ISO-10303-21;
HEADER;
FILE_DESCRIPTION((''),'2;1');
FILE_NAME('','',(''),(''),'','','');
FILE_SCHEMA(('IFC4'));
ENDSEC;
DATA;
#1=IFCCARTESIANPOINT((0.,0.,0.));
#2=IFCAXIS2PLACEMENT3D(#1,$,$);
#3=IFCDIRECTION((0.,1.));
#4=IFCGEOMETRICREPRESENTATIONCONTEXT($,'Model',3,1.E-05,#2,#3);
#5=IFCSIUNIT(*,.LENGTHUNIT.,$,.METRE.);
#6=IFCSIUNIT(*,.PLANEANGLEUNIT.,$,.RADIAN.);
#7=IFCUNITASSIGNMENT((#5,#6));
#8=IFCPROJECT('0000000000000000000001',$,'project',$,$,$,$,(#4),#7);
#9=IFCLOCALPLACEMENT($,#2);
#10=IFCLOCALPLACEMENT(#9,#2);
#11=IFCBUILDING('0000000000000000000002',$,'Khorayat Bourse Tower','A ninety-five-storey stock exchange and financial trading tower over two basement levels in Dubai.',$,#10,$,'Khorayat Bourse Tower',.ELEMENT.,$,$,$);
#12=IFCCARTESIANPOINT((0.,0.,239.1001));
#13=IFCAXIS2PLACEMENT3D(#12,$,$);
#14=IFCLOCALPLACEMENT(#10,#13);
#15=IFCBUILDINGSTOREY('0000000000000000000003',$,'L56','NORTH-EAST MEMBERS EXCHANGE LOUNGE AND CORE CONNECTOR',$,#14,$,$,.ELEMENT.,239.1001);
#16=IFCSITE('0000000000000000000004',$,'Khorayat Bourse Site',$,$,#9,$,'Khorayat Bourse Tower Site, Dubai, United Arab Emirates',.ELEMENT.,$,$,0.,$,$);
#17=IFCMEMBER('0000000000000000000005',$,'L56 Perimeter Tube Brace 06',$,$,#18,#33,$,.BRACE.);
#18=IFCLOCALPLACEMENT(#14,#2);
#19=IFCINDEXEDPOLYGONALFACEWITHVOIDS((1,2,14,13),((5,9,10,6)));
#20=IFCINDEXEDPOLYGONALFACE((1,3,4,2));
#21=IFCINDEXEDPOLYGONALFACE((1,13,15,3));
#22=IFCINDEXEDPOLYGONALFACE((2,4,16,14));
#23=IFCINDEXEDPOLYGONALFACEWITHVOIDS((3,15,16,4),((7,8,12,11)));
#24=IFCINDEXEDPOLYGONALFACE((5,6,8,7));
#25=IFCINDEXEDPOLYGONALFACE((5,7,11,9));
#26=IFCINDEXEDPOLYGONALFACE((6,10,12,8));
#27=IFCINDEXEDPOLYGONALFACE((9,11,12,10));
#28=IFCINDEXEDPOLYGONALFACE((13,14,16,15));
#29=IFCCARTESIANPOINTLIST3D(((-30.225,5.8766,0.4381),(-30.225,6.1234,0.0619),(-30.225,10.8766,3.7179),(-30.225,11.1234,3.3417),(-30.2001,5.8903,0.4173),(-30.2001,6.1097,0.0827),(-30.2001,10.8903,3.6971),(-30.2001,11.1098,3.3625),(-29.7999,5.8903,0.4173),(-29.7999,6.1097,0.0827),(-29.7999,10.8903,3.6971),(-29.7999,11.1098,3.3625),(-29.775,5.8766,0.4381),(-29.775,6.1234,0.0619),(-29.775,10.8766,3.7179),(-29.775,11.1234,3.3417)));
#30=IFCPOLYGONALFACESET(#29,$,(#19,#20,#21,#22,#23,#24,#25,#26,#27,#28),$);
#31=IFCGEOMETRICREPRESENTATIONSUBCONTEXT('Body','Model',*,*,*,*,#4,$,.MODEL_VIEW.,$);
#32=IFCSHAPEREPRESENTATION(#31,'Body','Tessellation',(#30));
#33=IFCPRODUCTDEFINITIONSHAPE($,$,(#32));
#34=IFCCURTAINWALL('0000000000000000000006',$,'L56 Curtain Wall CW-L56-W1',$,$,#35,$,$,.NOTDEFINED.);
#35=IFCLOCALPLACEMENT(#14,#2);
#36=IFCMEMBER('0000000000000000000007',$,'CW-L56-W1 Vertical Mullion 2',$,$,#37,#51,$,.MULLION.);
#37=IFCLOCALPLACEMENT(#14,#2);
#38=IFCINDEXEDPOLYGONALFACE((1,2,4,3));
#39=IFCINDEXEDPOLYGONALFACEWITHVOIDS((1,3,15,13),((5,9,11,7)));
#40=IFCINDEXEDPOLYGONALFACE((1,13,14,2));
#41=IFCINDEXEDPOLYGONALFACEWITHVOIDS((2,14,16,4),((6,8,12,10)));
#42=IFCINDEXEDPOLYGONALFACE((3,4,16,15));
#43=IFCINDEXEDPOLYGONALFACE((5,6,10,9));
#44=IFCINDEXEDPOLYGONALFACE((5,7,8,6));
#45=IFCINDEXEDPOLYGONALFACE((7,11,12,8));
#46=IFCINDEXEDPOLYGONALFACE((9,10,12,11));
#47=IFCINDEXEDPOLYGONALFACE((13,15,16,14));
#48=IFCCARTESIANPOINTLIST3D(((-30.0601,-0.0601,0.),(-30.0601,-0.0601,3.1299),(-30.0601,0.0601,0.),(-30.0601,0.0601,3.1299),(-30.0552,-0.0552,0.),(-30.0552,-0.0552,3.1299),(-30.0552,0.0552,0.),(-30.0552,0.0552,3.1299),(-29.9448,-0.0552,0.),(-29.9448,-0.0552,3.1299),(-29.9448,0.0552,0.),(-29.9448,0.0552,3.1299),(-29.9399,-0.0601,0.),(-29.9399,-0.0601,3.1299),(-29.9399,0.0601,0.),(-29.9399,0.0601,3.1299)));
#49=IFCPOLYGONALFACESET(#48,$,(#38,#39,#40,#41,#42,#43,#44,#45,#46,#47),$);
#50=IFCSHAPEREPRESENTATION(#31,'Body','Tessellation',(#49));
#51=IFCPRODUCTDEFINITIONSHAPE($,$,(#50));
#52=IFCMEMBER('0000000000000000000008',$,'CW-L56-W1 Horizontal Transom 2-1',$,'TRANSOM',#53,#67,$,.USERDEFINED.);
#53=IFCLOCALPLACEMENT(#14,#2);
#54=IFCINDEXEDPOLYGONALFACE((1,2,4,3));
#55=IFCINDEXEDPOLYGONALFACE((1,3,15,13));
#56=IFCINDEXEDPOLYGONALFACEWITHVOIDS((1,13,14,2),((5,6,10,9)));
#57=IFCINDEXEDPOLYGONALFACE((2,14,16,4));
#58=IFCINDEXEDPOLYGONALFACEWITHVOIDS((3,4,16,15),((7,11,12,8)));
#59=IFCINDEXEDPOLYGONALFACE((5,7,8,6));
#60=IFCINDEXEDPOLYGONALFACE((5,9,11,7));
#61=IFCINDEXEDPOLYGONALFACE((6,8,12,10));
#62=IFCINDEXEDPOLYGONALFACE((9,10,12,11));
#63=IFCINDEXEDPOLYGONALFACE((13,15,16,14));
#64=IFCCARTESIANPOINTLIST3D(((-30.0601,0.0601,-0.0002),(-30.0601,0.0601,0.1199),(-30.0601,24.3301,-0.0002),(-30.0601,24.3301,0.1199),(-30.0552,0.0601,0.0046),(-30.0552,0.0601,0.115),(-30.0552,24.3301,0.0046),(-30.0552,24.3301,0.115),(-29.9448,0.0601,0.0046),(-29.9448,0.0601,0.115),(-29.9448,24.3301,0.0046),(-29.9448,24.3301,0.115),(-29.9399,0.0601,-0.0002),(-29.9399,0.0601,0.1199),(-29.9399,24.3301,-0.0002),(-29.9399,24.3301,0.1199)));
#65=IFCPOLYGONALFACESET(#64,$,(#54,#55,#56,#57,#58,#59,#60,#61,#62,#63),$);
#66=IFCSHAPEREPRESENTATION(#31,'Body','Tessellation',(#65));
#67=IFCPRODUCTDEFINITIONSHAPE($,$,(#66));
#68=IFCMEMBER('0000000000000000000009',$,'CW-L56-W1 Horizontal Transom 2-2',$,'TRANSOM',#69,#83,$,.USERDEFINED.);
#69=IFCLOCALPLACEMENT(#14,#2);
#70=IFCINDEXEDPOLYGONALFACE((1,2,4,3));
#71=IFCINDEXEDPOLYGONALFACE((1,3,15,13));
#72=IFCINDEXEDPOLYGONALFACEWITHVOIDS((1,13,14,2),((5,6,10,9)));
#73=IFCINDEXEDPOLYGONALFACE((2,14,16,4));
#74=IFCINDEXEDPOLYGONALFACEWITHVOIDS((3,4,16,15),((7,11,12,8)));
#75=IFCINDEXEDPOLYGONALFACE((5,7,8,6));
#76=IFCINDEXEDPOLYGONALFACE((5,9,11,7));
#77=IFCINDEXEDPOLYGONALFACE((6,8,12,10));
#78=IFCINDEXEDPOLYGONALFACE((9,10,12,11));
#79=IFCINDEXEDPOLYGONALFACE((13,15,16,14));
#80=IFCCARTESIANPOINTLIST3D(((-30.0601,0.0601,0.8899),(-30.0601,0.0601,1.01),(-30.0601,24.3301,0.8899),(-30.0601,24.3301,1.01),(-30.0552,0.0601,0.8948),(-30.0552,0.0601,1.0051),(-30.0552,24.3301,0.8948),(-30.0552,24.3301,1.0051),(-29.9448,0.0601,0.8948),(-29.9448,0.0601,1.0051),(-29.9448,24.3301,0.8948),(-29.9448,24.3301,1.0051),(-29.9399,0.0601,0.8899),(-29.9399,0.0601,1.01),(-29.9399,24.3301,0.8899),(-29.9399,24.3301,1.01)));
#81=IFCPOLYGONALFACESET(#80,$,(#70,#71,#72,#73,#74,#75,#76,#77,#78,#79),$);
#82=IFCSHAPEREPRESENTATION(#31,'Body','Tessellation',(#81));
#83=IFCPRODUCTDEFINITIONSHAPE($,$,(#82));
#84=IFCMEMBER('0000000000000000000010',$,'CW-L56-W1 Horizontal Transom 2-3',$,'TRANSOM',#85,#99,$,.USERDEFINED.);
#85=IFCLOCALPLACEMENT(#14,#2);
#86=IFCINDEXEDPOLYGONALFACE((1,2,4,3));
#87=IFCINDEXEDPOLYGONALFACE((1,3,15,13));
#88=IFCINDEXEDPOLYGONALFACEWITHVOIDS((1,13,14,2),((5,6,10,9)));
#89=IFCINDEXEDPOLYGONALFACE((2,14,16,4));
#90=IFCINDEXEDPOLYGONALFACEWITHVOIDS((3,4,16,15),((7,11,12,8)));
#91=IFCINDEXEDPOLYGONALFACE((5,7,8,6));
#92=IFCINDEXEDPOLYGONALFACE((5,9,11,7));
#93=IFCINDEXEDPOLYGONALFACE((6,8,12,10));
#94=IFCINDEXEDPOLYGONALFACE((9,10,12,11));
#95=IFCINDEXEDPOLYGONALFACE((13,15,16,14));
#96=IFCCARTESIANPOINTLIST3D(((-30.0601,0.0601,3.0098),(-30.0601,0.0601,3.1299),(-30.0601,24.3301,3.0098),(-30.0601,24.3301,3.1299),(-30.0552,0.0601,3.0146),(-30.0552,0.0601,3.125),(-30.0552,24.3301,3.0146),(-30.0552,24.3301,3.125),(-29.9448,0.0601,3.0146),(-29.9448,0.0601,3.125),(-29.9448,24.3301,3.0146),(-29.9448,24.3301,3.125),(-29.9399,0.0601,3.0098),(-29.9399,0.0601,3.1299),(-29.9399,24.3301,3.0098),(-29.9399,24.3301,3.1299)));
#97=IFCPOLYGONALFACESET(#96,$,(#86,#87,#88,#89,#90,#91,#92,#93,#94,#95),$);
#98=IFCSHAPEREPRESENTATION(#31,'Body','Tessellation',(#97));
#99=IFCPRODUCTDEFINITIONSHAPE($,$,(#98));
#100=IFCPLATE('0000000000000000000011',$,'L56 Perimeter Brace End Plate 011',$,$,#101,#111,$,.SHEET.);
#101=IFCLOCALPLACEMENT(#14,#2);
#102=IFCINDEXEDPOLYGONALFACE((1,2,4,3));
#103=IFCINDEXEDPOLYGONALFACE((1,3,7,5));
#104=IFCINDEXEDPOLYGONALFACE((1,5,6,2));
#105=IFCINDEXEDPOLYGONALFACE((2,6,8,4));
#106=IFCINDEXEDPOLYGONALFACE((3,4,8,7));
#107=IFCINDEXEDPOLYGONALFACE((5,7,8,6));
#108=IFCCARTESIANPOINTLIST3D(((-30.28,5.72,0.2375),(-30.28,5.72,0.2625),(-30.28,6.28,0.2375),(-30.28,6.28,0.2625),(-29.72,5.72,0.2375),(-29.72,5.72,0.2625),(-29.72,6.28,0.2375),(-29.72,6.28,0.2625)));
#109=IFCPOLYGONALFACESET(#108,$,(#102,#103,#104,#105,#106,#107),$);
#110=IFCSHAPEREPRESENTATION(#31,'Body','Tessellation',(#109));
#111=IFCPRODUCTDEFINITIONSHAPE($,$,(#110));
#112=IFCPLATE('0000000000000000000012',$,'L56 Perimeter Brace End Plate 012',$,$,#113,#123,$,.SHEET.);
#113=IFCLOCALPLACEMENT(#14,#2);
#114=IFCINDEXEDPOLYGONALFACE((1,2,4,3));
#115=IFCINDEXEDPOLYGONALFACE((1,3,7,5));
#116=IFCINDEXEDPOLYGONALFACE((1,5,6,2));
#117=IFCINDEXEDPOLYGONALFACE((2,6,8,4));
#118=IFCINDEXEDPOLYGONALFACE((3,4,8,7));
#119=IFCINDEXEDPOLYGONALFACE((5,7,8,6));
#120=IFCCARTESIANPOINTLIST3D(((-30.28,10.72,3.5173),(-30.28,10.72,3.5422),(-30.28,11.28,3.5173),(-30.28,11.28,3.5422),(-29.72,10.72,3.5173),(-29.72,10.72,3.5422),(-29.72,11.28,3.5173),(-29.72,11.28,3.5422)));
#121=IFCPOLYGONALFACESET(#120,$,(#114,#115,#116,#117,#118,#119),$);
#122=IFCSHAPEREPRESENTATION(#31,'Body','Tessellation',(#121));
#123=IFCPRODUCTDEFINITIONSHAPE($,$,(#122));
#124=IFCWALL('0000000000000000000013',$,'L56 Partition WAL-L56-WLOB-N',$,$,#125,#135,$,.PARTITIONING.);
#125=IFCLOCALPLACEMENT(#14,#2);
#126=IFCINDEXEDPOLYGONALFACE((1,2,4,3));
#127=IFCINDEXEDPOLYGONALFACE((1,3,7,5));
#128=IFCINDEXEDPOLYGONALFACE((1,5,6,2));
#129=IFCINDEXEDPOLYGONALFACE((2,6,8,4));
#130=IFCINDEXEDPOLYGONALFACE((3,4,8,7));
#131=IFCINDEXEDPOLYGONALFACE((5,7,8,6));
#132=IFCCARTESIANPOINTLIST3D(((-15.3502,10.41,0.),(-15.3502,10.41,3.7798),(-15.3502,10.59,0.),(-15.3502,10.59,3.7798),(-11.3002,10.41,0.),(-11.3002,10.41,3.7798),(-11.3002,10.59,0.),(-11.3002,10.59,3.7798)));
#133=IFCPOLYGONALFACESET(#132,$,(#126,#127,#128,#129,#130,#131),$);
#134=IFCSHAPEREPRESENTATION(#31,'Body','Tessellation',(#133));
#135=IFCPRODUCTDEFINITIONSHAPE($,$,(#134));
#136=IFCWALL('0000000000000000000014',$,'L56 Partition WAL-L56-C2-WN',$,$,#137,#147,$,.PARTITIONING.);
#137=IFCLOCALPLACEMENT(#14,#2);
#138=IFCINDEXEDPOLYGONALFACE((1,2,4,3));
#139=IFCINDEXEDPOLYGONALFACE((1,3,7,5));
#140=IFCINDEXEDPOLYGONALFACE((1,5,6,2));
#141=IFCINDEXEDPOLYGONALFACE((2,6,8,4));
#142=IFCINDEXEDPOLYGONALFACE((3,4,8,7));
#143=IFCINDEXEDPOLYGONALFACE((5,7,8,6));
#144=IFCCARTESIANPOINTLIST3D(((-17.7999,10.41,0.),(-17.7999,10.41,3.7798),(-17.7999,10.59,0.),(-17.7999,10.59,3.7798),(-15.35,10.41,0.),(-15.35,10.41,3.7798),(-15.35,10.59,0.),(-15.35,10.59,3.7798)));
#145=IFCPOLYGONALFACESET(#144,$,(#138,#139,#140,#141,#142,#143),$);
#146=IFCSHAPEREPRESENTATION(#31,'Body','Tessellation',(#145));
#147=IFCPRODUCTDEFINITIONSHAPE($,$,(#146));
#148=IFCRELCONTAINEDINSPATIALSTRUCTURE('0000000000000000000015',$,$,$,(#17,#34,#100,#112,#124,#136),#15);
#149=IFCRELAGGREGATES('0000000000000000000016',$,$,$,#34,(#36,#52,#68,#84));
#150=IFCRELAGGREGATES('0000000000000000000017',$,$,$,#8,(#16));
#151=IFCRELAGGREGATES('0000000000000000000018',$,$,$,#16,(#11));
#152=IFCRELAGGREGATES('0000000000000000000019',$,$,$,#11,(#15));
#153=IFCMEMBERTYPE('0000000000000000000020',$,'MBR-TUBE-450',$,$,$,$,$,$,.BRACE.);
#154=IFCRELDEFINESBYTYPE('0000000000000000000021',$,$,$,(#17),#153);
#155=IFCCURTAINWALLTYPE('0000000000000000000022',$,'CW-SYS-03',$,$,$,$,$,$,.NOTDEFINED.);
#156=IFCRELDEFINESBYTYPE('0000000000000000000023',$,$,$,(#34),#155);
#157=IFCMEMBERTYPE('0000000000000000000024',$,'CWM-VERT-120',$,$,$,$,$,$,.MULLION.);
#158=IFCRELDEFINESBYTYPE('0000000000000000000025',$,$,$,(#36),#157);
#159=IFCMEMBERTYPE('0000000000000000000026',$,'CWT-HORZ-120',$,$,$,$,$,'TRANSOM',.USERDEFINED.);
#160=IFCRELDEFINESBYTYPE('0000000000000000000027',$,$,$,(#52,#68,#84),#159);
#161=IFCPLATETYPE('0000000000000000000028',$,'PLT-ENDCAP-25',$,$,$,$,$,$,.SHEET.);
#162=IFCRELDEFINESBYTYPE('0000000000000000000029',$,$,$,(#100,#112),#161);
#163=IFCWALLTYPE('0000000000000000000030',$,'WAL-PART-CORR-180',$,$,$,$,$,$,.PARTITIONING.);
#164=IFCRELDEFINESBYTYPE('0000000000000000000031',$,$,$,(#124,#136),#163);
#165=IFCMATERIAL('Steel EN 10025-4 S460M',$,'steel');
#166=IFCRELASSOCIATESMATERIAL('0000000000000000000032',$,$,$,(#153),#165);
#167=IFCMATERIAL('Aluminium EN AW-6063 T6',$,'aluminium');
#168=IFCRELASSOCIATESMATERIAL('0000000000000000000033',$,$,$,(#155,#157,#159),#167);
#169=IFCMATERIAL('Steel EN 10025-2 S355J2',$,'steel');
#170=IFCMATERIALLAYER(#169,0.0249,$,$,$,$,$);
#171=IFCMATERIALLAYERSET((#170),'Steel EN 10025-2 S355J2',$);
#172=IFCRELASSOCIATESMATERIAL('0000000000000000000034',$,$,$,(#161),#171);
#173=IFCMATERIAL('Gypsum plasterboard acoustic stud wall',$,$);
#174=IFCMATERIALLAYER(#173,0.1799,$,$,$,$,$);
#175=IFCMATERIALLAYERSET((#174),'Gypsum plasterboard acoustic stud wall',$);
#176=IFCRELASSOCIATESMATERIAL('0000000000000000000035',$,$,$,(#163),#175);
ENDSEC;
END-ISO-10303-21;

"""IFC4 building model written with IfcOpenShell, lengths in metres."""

from ifc_helpers import new_model, si_unit, direction, frame, frame_2d, origin, origin_2d, place, context, subcontext, project, spatial, rectangle, hollow_rectangle, extrude, source, transform, mapped, material, layer, layer_set, material_profile, profile_set, type_object, element, aggregate, save


model = new_model("IFC4")

# Units and contexts
model_context = context("Model", 3, precision=1e-05, world=origin(), true_north=direction((0.0, 1.0)))
body_context = subcontext(model_context, "Body", "Model", "MODEL_VIEW")
ifc_project = project(units=[si_unit("LENGTHUNIT", "METRE"), si_unit("PLANEANGLEUNIT", "RADIAN")], contexts=[model_context])

# Site, building, storey
site_placement = place(None, origin())
site = spatial("IfcSite", under=ifc_project, at=site_placement, Name="Khorayat Bourse Site", LongName="Khorayat Bourse Tower Site, Dubai, United Arab Emirates", CompositionType="ELEMENT", RefElevation=0.0)
building_placement = place(site_placement, origin())
building = spatial("IfcBuilding", under=site, at=building_placement, Name="Khorayat Bourse Tower", Description="A ninety-five-storey stock exchange and financial trading tower over two basement levels in Dubai.", LongName="Khorayat Bourse Tower", CompositionType="ELEMENT")
storey_placement = place(building_placement, frame((0.0, 0.0, 239.1001)))
storey = spatial("IfcBuildingStorey", under=building, at=storey_placement, Name="L56", Description="NORTH-EAST MEMBERS EXCHANGE LOUNGE AND CORE CONNECTOR", CompositionType="ELEMENT", Elevation=239.1001)

# Shared definitions
ifc_material_1 = material(Name="Steel EN 10025-4 S460M", Category="steel")

# Member
ifc_material_profile_1 = material_profile(ifc_material_1, hollow_rectangle(XDim=0.45, YDim=0.45, WallThickness=0.0249, at=origin_2d()), Name="HSS 450x450x25")
ifc_profile_set_1 = profile_set([ifc_material_profile_1], Name="Steel EN 10025-4 S460M")
member_type_1 = type_object("IfcMemberType", Name="MBR-TUBE-450", PredefinedType="BRACE", material=ifc_profile_set_1)
shared_shape_1 = source(origin(), body_context, "Body", "SweptSolid", [
    extrude(hollow_rectangle(XDim=0.45, YDim=0.45, WallThickness=0.0249, at=origin_2d()), origin(), (0.0, 0.0, 1.0), 5.9797),
])
member_1_placement = place(storey_placement, frame((-30.0, 6.0, 0.25), z_axis=(0.0, 0.83616, 0.548485), x_axis=(-1.0, 0.0, 0.0)))
element("IfcMember", 1, at=member_1_placement, inside=storey, type_object=member_type_1, Name="L56 Perimeter Tube Brace 06", PredefinedType="BRACE", context=body_context, shape_type="MappedRepresentation", body=[
    mapped(shared_shape_1, transform((0.0, 0.0, 0.0), scale=1.0)),
])

# Curtain wall, members
ifc_material_2 = material(Name="Aluminium EN AW-6063 T6", Category="aluminium")
curtain_wall_type = type_object("IfcCurtainWallType", Name="CW-SYS-03", PredefinedType="NOTDEFINED", material=ifc_material_2)
curtain_wall_placement = place(storey_placement, origin())
curtain_wall = element("IfcCurtainWall", 2, at=curtain_wall_placement, inside=storey, type_object=curtain_wall_type, Name="L56 Curtain Wall CW-L56-W1", PredefinedType="NOTDEFINED")
ifc_material_profile_2 = material_profile(ifc_material_2, hollow_rectangle(XDim=0.1201, YDim=0.1201, WallThickness=0.0049, at=origin_2d()), Name="ALU 120x120x5")
ifc_profile_set_2 = profile_set([ifc_material_profile_2], Name="Aluminium EN AW-6063 T6")
member_type_2 = type_object("IfcMemberType", Name="CWM-VERT-120", PredefinedType="MULLION", material=ifc_profile_set_2)
shared_shape_2 = source(origin(), body_context, "Body", "SweptSolid", [
    extrude(hollow_rectangle(XDim=0.1201, YDim=0.1201, WallThickness=0.0049, at=origin_2d()), origin(), (0.0, 0.0, 1.0), 3.1299),
])
member_2_placement = place(storey_placement, frame((-30.0, 0.0, 0.0), z_axis=(0.0, 0.0, 1.0), x_axis=(-1.0, 0.0, 0.0)))
member_2 = element("IfcMember", 3, at=member_2_placement, type_object=member_type_2, Name="CW-L56-W1 Vertical Mullion 2", PredefinedType="MULLION", context=body_context, shape_type="MappedRepresentation", body=[
    mapped(shared_shape_2, transform((0.0, 0.0, 0.0), scale=1.0)),
])
ifc_material_profile_3 = material_profile(ifc_material_2, hollow_rectangle(XDim=0.1201, YDim=0.1201, WallThickness=0.0049, at=origin_2d()), Name="ALU 120x120x5")
ifc_profile_set_3 = profile_set([ifc_material_profile_3], Name="Aluminium EN AW-6063 T6")
member_type_3 = type_object("IfcMemberType", Name="CWT-HORZ-120", ElementType="TRANSOM", PredefinedType="USERDEFINED", material=ifc_profile_set_3)
shared_shape_3 = source(origin(), body_context, "Body", "SweptSolid", [
    extrude(hollow_rectangle(XDim=0.1201, YDim=0.1201, WallThickness=0.0049, at=origin_2d()), origin(), (0.0, 0.0, 1.0), 24.27),
])
member_3_placement = place(storey_placement, frame((-30.0, 0.0601, 0.0598), z_axis=(0.0, 1.0, 0.0), x_axis=(-1.0, 0.0, 0.0)))
member_3 = element("IfcMember", 4, at=member_3_placement, type_object=member_type_3, Name="CW-L56-W1 Horizontal Transom 2-1", ObjectType="TRANSOM", PredefinedType="USERDEFINED", context=body_context, shape_type="MappedRepresentation", body=[
    mapped(shared_shape_3, transform((0.0, 0.0, 0.0), scale=1.0)),
])
member_4_placement = place(storey_placement, frame((-30.0, 0.0601, 0.95), z_axis=(0.0, 1.0, 0.0), x_axis=(-1.0, 0.0, 0.0)))
member_4 = element("IfcMember", 5, at=member_4_placement, type_object=member_type_3, Name="CW-L56-W1 Horizontal Transom 2-2", ObjectType="TRANSOM", PredefinedType="USERDEFINED", context=body_context, shape_type="MappedRepresentation", body=[
    mapped(shared_shape_3, transform((0.0, 0.0, 0.0), scale=1.0)),
])
member_5_placement = place(storey_placement, frame((-30.0, 0.0601, 3.0698), z_axis=(0.0, 1.0, 0.0), x_axis=(-1.0, 0.0, 0.0)))
member_5 = element("IfcMember", 6, at=member_5_placement, type_object=member_type_3, Name="CW-L56-W1 Horizontal Transom 2-3", ObjectType="TRANSOM", PredefinedType="USERDEFINED", context=body_context, shape_type="MappedRepresentation", body=[
    mapped(shared_shape_3, transform((0.0, 0.0, 0.0), scale=1.0)),
])
aggregate(curtain_wall, [member_2, member_3, member_4, member_5])

# Plates
ifc_material_3 = material(Name="Steel EN 10025-2 S355J2", Category="steel")
ifc_layer_1 = layer(ifc_material_3, 0.0249)
ifc_layer_set_1 = layer_set([ifc_layer_1], Name="Steel EN 10025-2 S355J2")
plate_type = type_object("IfcPlateType", Name="PLT-ENDCAP-25", PredefinedType="SHEET", material=ifc_layer_set_1)
shared_shape_4 = source(origin(), body_context, "Body", "SweptSolid", [
    extrude(rectangle(XDim=0.5601, YDim=0.5601, at=origin_2d()), origin(), (0.0, 0.0, 1.0), 0.0249),
])
for number, where, z_axis, x_axis, name in (
    (7, (-30.0, 6.0, 0.2375), (0.0, 0.0, 1.0), (1.0, 0.0, 0.0), "L56 Perimeter Brace End Plate 011"),
    (8, (-30.0, 11.0, 3.5173), (0.0, 0.0, 1.0), (1.0, 0.0, 0.0), "L56 Perimeter Brace End Plate 012"),
):
    element("IfcPlate", number, at=place(storey_placement, frame(where, z_axis=z_axis, x_axis=x_axis)), inside=storey, type_object=plate_type, Name=name, PredefinedType="SHEET", context=body_context, shape_type="MappedRepresentation", body=[
        mapped(shared_shape_4, transform((0.0, 0.0, 0.0), scale=1.0)),
    ])

# Walls
ifc_material_4 = material(Name="Gypsum plasterboard acoustic stud wall")
ifc_layer_2 = layer(ifc_material_4, 0.1799)
ifc_layer_set_2 = layer_set([ifc_layer_2], Name="Gypsum plasterboard acoustic stud wall")
wall_type = type_object("IfcWallType", Name="WAL-PART-CORR-180", PredefinedType="PARTITIONING", material=ifc_layer_set_2)
shared_shape_5 = source(origin(), body_context, "Body", "SweptSolid", [
    extrude(rectangle(XDim=4.05, YDim=0.1799, at=frame_2d((2.0249, 0.0))), origin(), (0.0, 0.0, 1.0), 3.7798),
])
wall_1_placement = place(storey_placement, frame((-15.3501, 10.5, 0.0), z_axis=(0.0, 0.0, 1.0), x_axis=(1.0, 0.0, 0.0)))
element("IfcWall", 9, at=wall_1_placement, inside=storey, type_object=wall_type, Name="L56 Partition WAL-L56-WLOB-N", PredefinedType="PARTITIONING", context=body_context, shape_type="MappedRepresentation", body=[
    mapped(shared_shape_5, transform((0.0, 0.0, 0.0), scale=1.0)),
])
shared_shape_6 = source(origin(), body_context, "Body", "SweptSolid", [
    extrude(rectangle(XDim=2.45, YDim=0.1799, at=frame_2d((1.2251, 0.0))), origin(), (0.0, 0.0, 1.0), 3.7798),
])
wall_2_placement = place(storey_placement, frame((-17.8, 10.5, 0.0), z_axis=(0.0, 0.0, 1.0), x_axis=(1.0, 0.0, 0.0)))
element("IfcWall", 10, at=wall_2_placement, inside=storey, type_object=wall_type, Name="L56 Partition WAL-L56-C2-WN", PredefinedType="PARTITIONING", context=body_context, shape_type="MappedRepresentation", body=[
    mapped(shared_shape_6, transform((0.0, 0.0, 0.0), scale=1.0)),
])

save(model, "model.ifc")
